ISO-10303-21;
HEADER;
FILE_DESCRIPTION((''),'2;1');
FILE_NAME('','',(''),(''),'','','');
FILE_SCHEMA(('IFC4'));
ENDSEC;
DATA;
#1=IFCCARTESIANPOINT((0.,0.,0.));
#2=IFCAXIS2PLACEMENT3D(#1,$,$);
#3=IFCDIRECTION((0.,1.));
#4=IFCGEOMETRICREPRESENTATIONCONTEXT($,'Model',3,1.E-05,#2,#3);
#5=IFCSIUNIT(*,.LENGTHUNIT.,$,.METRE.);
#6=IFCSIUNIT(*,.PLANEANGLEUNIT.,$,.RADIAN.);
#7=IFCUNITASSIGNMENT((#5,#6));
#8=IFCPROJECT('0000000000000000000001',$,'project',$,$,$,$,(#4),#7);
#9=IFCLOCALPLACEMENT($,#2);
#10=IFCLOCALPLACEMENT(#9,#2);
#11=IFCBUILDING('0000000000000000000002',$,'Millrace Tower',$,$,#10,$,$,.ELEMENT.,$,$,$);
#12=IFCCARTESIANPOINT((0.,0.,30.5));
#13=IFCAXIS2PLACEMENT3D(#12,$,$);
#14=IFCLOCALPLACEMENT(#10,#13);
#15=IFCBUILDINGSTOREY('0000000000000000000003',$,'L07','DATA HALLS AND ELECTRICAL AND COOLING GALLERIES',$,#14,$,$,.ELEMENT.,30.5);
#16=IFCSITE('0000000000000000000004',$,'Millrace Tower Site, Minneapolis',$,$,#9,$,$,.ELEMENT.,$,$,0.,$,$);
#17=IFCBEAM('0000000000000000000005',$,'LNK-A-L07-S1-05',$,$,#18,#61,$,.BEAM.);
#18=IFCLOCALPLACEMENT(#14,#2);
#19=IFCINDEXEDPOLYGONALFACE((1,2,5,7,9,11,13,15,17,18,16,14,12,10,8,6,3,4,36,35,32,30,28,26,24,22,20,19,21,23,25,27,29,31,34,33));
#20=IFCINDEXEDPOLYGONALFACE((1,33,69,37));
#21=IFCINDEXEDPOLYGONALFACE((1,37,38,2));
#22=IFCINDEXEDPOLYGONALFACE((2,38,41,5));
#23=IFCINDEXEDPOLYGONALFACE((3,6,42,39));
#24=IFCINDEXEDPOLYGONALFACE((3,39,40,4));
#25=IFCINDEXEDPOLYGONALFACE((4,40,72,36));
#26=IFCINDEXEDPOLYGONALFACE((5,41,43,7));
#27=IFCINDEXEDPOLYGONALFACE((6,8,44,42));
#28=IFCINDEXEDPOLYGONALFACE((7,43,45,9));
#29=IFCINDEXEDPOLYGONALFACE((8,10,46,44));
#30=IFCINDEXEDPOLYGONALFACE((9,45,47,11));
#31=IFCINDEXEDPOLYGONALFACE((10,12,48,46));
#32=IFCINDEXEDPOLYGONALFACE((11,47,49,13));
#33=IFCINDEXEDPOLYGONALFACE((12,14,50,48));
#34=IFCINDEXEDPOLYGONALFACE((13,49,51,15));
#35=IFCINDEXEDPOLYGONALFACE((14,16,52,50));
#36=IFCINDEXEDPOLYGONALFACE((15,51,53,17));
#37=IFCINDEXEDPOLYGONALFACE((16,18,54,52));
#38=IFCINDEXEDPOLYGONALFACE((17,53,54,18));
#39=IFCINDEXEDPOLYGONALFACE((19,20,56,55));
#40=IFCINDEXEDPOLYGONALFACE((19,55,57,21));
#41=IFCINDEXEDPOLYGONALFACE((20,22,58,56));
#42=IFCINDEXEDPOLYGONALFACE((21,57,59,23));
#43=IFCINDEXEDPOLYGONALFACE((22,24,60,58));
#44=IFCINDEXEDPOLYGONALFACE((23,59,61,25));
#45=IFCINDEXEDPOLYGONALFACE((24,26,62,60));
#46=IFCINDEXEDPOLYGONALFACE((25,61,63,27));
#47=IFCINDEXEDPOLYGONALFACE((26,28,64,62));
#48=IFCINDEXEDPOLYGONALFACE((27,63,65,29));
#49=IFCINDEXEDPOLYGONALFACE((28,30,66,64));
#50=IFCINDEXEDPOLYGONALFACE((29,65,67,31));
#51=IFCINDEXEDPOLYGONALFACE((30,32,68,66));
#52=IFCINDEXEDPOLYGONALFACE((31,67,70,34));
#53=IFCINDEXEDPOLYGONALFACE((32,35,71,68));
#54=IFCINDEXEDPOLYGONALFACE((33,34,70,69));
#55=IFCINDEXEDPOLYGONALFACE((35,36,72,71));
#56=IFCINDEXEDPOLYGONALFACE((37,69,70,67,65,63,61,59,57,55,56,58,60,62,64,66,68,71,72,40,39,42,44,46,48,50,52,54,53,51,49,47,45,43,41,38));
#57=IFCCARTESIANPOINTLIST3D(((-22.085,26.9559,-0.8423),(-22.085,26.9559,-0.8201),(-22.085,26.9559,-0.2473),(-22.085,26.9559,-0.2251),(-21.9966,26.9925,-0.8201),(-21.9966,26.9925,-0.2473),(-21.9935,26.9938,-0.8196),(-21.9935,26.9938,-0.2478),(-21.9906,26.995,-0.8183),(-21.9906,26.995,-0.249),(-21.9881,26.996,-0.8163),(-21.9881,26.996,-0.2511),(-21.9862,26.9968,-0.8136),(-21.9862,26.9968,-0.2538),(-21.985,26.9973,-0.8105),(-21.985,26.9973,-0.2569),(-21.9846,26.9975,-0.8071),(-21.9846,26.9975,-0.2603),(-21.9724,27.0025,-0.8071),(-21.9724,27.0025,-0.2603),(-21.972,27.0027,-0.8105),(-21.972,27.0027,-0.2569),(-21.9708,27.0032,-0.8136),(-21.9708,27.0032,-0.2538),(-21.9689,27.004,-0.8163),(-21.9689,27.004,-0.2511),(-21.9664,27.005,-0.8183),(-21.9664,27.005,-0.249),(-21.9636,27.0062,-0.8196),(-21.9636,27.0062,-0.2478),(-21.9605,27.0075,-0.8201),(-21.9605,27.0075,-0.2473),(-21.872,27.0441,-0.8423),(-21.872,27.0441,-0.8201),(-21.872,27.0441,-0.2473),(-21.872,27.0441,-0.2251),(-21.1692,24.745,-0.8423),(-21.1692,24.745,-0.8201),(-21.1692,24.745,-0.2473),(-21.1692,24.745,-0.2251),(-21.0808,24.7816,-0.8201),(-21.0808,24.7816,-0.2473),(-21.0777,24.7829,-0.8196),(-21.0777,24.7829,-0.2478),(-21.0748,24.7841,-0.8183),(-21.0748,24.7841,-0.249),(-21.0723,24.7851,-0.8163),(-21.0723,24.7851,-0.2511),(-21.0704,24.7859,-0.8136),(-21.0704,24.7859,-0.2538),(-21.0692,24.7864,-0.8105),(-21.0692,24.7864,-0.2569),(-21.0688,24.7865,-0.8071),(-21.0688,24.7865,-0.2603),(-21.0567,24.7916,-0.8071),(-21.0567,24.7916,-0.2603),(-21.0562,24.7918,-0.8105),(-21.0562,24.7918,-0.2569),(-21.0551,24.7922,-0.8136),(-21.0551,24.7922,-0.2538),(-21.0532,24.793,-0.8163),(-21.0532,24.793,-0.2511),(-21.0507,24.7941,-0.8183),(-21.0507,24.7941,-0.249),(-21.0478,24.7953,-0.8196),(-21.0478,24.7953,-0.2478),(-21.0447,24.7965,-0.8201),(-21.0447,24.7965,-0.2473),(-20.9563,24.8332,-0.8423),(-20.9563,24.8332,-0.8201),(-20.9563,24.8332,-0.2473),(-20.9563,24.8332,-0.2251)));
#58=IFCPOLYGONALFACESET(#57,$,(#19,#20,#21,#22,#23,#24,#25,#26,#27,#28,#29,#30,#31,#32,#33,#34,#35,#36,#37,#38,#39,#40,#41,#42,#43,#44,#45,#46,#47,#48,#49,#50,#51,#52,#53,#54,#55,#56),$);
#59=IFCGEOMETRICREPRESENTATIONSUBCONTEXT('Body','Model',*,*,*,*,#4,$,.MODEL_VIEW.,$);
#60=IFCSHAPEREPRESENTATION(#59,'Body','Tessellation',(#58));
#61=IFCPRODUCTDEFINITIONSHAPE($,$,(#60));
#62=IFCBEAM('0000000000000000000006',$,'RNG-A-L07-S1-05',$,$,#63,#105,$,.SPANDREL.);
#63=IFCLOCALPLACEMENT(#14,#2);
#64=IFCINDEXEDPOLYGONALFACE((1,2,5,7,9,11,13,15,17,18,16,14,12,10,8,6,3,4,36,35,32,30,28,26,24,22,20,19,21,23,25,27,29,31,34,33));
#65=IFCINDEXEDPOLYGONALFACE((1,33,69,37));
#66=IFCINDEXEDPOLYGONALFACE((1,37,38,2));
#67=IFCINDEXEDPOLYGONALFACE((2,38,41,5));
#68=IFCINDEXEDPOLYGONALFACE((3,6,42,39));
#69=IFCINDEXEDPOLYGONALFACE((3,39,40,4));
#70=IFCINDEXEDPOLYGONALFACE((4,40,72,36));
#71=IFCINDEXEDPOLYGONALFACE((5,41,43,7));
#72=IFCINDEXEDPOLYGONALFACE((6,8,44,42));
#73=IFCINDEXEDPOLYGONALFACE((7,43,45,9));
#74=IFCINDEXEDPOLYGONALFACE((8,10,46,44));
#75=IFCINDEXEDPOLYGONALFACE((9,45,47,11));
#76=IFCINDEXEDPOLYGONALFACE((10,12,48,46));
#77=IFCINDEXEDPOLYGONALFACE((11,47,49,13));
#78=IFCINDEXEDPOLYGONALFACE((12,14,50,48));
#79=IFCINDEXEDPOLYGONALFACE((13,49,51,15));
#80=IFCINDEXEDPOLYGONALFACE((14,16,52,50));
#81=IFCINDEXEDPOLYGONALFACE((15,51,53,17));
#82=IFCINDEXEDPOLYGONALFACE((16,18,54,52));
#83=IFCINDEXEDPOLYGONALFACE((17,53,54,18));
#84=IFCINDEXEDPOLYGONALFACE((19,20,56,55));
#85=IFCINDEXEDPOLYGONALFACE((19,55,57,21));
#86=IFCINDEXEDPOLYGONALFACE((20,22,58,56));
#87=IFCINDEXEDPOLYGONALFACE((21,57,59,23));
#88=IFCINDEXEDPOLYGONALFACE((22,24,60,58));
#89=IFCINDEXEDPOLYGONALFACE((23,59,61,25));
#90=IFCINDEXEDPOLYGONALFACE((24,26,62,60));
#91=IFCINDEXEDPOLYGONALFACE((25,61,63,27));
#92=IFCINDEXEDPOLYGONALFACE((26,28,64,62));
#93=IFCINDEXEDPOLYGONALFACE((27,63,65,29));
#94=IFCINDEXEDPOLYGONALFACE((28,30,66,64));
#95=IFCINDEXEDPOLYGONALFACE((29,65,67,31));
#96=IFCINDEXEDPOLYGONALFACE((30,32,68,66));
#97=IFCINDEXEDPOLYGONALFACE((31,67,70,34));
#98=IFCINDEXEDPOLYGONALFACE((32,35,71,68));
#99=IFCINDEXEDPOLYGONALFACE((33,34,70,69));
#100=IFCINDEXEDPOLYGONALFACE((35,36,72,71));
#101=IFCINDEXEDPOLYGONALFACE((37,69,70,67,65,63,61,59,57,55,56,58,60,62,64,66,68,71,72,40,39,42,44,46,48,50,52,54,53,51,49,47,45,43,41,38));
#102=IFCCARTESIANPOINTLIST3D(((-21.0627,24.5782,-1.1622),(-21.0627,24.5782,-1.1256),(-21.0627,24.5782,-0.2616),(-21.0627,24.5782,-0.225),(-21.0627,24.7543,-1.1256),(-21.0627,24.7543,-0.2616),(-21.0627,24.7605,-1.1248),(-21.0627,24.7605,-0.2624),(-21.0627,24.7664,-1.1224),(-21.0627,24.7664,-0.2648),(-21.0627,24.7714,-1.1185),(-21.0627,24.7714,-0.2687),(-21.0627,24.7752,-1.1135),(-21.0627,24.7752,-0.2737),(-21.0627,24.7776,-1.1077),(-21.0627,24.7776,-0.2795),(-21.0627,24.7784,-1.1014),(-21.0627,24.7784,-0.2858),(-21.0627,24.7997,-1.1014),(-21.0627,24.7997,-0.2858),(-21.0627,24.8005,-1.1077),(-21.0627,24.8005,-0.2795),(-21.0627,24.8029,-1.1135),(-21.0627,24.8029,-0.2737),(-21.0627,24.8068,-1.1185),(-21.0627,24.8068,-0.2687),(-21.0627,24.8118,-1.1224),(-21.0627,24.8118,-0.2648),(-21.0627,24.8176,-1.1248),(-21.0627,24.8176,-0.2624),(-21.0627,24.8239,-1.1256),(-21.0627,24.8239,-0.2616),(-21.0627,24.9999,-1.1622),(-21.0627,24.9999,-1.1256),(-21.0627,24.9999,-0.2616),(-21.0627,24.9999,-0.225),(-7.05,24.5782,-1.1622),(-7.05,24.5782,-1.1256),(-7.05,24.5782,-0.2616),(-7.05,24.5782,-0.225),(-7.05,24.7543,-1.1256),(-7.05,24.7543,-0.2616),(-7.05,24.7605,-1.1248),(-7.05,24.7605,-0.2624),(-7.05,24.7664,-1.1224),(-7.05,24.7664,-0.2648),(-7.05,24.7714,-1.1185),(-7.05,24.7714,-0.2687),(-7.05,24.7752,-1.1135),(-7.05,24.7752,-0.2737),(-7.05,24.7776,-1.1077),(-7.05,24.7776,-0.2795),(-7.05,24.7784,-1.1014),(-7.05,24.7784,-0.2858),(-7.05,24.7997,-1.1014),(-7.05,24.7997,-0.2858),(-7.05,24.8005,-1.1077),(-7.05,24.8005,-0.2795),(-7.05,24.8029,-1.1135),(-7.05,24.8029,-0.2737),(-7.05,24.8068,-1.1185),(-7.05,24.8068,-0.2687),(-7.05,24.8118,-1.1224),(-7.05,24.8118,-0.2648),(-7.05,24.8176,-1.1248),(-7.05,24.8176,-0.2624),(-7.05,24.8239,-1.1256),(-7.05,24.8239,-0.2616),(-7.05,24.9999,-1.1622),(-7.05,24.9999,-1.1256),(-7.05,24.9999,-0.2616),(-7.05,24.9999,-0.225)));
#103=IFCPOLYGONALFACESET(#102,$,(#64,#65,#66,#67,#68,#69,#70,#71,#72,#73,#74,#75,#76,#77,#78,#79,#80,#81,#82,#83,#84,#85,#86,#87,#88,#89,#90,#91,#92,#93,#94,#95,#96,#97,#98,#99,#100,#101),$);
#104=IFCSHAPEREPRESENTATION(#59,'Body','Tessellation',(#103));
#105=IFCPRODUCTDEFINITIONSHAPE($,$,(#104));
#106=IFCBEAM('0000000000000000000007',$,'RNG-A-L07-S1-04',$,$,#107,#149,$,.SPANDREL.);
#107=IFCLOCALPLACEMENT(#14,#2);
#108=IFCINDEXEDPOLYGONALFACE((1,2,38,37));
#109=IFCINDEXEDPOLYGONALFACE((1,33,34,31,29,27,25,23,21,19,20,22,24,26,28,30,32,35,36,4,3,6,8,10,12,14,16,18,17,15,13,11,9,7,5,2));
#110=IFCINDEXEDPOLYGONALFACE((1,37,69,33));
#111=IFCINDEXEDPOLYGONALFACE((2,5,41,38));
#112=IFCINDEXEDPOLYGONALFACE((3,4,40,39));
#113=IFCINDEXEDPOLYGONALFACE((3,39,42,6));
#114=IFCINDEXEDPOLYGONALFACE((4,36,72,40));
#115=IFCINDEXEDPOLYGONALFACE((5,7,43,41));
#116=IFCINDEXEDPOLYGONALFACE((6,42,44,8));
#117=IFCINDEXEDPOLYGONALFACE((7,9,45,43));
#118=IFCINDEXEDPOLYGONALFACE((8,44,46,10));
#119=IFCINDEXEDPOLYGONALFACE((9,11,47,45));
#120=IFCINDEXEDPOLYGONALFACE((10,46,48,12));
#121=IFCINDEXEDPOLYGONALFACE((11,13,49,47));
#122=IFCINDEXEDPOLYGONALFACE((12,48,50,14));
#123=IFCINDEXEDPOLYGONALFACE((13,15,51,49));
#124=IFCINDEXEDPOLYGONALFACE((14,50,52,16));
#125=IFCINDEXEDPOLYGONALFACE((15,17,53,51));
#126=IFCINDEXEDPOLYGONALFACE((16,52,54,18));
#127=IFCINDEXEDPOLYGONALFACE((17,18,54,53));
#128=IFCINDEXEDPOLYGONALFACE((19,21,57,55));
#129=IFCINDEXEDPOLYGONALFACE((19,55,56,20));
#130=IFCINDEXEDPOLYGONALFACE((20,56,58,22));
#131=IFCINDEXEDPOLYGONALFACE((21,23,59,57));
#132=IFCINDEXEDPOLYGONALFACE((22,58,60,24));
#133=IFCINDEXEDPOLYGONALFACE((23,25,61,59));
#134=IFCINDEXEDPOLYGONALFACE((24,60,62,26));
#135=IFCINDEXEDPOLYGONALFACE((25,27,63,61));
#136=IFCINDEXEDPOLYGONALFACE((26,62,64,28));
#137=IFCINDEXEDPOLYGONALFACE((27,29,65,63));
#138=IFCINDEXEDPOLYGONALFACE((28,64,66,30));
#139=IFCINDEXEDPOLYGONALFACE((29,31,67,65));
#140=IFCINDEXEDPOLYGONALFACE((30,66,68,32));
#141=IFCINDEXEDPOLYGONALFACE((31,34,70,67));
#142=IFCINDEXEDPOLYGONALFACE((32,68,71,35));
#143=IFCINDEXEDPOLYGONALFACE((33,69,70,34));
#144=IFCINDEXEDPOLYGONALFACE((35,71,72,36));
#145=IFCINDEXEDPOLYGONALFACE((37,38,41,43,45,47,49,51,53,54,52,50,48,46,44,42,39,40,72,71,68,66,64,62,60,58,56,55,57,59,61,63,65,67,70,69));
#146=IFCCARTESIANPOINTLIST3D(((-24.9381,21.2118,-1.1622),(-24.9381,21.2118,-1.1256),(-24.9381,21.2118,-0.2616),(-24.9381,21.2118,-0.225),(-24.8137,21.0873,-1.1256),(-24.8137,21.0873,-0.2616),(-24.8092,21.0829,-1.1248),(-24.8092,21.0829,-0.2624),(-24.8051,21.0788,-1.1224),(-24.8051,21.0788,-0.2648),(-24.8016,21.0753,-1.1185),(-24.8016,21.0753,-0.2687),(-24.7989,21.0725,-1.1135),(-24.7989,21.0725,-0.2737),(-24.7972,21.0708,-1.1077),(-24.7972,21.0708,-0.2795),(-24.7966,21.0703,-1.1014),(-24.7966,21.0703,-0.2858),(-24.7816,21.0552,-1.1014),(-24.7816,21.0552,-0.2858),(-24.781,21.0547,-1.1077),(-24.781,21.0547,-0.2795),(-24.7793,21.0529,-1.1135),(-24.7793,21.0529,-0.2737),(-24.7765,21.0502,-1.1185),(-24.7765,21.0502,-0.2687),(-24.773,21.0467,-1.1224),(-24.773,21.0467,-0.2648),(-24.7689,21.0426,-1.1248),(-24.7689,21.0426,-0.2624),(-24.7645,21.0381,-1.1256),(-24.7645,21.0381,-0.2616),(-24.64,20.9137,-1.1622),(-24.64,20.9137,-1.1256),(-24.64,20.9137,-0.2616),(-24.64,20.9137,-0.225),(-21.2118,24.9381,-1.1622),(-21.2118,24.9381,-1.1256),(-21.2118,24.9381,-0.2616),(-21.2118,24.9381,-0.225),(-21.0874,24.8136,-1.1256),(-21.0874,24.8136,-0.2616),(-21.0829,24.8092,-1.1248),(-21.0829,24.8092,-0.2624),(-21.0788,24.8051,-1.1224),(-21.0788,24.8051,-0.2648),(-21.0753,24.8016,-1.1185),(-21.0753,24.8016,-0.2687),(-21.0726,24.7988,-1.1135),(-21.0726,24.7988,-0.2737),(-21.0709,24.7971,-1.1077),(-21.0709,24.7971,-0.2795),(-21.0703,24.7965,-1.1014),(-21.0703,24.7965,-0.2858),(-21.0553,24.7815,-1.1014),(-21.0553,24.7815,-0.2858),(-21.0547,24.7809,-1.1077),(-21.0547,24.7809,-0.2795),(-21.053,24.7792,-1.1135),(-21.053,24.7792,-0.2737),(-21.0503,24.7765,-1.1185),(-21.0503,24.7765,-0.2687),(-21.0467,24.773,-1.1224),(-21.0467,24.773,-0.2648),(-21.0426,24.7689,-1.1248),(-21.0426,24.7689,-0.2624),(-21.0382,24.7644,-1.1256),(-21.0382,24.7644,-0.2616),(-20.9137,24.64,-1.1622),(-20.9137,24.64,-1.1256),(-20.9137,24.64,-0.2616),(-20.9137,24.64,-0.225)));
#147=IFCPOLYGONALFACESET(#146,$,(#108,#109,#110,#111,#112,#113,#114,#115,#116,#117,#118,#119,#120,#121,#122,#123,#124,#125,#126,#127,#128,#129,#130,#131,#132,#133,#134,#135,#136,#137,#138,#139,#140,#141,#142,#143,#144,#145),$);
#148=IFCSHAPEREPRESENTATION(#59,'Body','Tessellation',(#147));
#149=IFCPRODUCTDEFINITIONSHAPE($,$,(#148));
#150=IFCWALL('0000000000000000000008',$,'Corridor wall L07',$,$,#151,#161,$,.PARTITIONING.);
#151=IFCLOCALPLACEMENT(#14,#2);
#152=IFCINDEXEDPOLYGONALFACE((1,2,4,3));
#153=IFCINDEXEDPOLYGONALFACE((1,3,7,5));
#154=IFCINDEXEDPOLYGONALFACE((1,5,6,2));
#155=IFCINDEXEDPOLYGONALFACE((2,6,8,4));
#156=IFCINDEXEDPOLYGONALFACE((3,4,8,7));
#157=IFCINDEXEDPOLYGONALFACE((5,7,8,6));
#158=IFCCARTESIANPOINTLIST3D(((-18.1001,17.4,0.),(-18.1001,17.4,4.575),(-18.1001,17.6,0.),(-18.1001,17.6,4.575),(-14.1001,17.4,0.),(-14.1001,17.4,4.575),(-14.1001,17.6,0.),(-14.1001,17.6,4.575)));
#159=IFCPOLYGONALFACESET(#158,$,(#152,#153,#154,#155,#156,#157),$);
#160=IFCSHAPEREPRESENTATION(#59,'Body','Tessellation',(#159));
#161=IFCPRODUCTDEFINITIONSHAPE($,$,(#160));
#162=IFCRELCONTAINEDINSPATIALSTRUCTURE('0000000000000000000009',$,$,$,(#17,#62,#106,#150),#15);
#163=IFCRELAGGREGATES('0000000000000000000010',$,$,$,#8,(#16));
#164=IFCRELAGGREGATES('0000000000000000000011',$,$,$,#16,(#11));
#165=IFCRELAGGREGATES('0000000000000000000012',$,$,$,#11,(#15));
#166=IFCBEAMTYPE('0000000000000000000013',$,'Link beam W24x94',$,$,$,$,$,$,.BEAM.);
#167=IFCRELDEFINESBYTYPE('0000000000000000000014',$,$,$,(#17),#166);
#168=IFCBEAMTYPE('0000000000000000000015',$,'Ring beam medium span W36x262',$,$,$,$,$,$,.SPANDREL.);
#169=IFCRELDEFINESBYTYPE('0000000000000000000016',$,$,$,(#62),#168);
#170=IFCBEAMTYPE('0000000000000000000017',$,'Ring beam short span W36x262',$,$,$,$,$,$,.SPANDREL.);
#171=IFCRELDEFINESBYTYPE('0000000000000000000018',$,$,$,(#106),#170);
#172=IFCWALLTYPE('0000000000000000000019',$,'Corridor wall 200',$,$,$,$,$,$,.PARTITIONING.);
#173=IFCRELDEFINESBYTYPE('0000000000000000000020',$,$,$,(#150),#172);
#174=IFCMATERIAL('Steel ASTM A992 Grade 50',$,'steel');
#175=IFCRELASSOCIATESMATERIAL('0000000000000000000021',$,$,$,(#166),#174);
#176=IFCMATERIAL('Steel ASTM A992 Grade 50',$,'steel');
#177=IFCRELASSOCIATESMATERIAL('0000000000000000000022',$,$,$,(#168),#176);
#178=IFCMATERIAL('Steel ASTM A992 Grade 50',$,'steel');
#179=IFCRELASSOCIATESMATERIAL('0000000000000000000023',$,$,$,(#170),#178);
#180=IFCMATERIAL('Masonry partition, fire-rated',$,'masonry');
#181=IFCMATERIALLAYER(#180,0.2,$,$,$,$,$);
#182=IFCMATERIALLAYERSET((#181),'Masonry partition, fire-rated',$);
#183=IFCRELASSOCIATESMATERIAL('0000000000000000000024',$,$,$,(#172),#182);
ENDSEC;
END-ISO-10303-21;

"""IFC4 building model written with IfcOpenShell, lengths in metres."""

from ifc_helpers import new_model, si_unit, direction, frame, frame_2d, origin, origin_2d, place, context, subcontext, project, spatial, rectangle, i_section, extrude, material, layer, layer_set, material_profile, profile_set, type_object, element, save


model = new_model("IFC4")

# Units and contexts
model_context = context("Model", 3, precision=1e-05, world=origin(), true_north=direction((0.0, 1.0)))
body_context = subcontext(model_context, "Body", "Model", "MODEL_VIEW")
ifc_project = project(units=[si_unit("LENGTHUNIT", "METRE"), si_unit("PLANEANGLEUNIT", "RADIAN")], contexts=[model_context])

# Site, building, storey
site_placement = place(None, origin())
site = spatial("IfcSite", under=ifc_project, at=site_placement, Name="Millrace Tower Site, Minneapolis", CompositionType="ELEMENT", RefElevation=0.0)
building_placement = place(site_placement, origin())
building = spatial("IfcBuilding", under=site, at=building_placement, Name="Millrace Tower", CompositionType="ELEMENT")
storey_placement = place(building_placement, frame((0.0, 0.0, 30.5)))
storey = spatial("IfcBuildingStorey", under=building, at=storey_placement, Name="L07", Description="DATA HALLS AND ELECTRICAL AND COOLING GALLERIES", CompositionType="ELEMENT", Elevation=30.5)

# Beams
ifc_material_1 = material(Name="Steel ASTM A992 Grade 50", Category="steel")
ifc_material_profile_1 = material_profile(ifc_material_1, i_section(OverallWidth=0.2305, OverallDepth=0.6172, WebThickness=0.0132, FlangeThickness=0.0222, FilletRadius=0.0129, at=origin_2d()))
ifc_profile_set_1 = profile_set([ifc_material_profile_1], Name="Steel ASTM A992 Grade 50")
beam_type_1 = type_object("IfcBeamType", Name="Link beam W24x94", PredefinedType="BEAM", material=ifc_profile_set_1)
for number, where, z_axis, x_axis, name in (
    (1, (-21.0627, 24.7891, -0.5337), (-0.382673, 0.923884, 0.0), (-0.923884, -0.382673, 0.0), "LNK-A-L07-S1-05"),
):
    element("IfcBeam", number, at=place(storey_placement, frame(where, z_axis=z_axis, x_axis=x_axis)), inside=storey, type_object=beam_type_1, Name=name, PredefinedType="BEAM", context=body_context, shape_type="SweptSolid", body=[
        extrude(i_section(OverallWidth=0.2305, OverallDepth=0.6172, WebThickness=0.0132, FlangeThickness=0.0222, FilletRadius=0.0129, at=origin_2d()), origin(), (0.0, 0.0, 1.0), 2.3931),
    ])
ifc_material_2 = material(Name="Steel ASTM A992 Grade 50", Category="steel")
ifc_material_profile_2 = material_profile(ifc_material_2, i_section(OverallWidth=0.4216, OverallDepth=0.9373, WebThickness=0.0212, FlangeThickness=0.0366, FilletRadius=0.0242, at=origin_2d()))
ifc_profile_set_2 = profile_set([ifc_material_profile_2], Name="Steel ASTM A992 Grade 50")
beam_type_2 = type_object("IfcBeamType", Name="Ring beam medium span W36x262", PredefinedType="SPANDREL", material=ifc_profile_set_2)
beam_1_placement = place(storey_placement, frame((-21.0627, 24.7891, -0.6936), z_axis=(1.0, 0.0, 0.0), x_axis=(0.0, 1.0, 0.0)))
element("IfcBeam", 2, at=beam_1_placement, inside=storey, type_object=beam_type_2, Name="RNG-A-L07-S1-05", PredefinedType="SPANDREL", context=body_context, shape_type="SweptSolid", body=[
    extrude(i_section(OverallWidth=0.4216, OverallDepth=0.9373, WebThickness=0.0212, FlangeThickness=0.0366, FilletRadius=0.0242, at=origin_2d()), origin(), (0.0, 0.0, 1.0), 14.0127),
])
ifc_material_3 = material(Name="Steel ASTM A992 Grade 50", Category="steel")
ifc_material_profile_3 = material_profile(ifc_material_3, i_section(OverallWidth=0.4216, OverallDepth=0.9373, WebThickness=0.0212, FlangeThickness=0.0366, FilletRadius=0.0242, at=origin_2d()))
ifc_profile_set_3 = profile_set([ifc_material_profile_3], Name="Steel ASTM A992 Grade 50")
beam_type_3 = type_object("IfcBeamType", Name="Ring beam short span W36x262", PredefinedType="SPANDREL", material=ifc_profile_set_3)
beam_2_placement = place(storey_placement, frame((-24.7891, 21.0627, -0.6936), z_axis=(0.707107, 0.707107, 0.0), x_axis=(-0.707107, 0.707107, 0.0)))
element("IfcBeam", 3, at=beam_2_placement, inside=storey, type_object=beam_type_3, Name="RNG-A-L07-S1-04", PredefinedType="SPANDREL", context=body_context, shape_type="SweptSolid", body=[
    extrude(i_section(OverallWidth=0.4216, OverallDepth=0.9373, WebThickness=0.0212, FlangeThickness=0.0366, FilletRadius=0.0242, at=origin_2d()), origin(), (0.0, 0.0, 1.0), 5.2698),
])

# Wall
ifc_material_4 = material(Name="Masonry partition, fire-rated", Category="masonry")
ifc_layer_1 = layer(ifc_material_4, 0.2)
ifc_layer_set_1 = layer_set([ifc_layer_1], Name="Masonry partition, fire-rated")
wall_type = type_object("IfcWallType", Name="Corridor wall 200", PredefinedType="PARTITIONING", material=ifc_layer_set_1)
wall_placement = place(storey_placement, frame((-18.1001, 17.5, 0.0), z_axis=(0.0, 0.0, 1.0), x_axis=(1.0, 0.0, 0.0)))
element("IfcWall", 4, at=wall_placement, inside=storey, type_object=wall_type, Name="Corridor wall L07", PredefinedType="PARTITIONING", context=body_context, shape_type="SweptSolid", body=[
    extrude(rectangle(XDim=4.0, YDim=0.2, at=frame_2d((2.0, 0.0))), origin(), (0.0, 0.0, 1.0), 4.575),
])

save(model, "model.ifc")
